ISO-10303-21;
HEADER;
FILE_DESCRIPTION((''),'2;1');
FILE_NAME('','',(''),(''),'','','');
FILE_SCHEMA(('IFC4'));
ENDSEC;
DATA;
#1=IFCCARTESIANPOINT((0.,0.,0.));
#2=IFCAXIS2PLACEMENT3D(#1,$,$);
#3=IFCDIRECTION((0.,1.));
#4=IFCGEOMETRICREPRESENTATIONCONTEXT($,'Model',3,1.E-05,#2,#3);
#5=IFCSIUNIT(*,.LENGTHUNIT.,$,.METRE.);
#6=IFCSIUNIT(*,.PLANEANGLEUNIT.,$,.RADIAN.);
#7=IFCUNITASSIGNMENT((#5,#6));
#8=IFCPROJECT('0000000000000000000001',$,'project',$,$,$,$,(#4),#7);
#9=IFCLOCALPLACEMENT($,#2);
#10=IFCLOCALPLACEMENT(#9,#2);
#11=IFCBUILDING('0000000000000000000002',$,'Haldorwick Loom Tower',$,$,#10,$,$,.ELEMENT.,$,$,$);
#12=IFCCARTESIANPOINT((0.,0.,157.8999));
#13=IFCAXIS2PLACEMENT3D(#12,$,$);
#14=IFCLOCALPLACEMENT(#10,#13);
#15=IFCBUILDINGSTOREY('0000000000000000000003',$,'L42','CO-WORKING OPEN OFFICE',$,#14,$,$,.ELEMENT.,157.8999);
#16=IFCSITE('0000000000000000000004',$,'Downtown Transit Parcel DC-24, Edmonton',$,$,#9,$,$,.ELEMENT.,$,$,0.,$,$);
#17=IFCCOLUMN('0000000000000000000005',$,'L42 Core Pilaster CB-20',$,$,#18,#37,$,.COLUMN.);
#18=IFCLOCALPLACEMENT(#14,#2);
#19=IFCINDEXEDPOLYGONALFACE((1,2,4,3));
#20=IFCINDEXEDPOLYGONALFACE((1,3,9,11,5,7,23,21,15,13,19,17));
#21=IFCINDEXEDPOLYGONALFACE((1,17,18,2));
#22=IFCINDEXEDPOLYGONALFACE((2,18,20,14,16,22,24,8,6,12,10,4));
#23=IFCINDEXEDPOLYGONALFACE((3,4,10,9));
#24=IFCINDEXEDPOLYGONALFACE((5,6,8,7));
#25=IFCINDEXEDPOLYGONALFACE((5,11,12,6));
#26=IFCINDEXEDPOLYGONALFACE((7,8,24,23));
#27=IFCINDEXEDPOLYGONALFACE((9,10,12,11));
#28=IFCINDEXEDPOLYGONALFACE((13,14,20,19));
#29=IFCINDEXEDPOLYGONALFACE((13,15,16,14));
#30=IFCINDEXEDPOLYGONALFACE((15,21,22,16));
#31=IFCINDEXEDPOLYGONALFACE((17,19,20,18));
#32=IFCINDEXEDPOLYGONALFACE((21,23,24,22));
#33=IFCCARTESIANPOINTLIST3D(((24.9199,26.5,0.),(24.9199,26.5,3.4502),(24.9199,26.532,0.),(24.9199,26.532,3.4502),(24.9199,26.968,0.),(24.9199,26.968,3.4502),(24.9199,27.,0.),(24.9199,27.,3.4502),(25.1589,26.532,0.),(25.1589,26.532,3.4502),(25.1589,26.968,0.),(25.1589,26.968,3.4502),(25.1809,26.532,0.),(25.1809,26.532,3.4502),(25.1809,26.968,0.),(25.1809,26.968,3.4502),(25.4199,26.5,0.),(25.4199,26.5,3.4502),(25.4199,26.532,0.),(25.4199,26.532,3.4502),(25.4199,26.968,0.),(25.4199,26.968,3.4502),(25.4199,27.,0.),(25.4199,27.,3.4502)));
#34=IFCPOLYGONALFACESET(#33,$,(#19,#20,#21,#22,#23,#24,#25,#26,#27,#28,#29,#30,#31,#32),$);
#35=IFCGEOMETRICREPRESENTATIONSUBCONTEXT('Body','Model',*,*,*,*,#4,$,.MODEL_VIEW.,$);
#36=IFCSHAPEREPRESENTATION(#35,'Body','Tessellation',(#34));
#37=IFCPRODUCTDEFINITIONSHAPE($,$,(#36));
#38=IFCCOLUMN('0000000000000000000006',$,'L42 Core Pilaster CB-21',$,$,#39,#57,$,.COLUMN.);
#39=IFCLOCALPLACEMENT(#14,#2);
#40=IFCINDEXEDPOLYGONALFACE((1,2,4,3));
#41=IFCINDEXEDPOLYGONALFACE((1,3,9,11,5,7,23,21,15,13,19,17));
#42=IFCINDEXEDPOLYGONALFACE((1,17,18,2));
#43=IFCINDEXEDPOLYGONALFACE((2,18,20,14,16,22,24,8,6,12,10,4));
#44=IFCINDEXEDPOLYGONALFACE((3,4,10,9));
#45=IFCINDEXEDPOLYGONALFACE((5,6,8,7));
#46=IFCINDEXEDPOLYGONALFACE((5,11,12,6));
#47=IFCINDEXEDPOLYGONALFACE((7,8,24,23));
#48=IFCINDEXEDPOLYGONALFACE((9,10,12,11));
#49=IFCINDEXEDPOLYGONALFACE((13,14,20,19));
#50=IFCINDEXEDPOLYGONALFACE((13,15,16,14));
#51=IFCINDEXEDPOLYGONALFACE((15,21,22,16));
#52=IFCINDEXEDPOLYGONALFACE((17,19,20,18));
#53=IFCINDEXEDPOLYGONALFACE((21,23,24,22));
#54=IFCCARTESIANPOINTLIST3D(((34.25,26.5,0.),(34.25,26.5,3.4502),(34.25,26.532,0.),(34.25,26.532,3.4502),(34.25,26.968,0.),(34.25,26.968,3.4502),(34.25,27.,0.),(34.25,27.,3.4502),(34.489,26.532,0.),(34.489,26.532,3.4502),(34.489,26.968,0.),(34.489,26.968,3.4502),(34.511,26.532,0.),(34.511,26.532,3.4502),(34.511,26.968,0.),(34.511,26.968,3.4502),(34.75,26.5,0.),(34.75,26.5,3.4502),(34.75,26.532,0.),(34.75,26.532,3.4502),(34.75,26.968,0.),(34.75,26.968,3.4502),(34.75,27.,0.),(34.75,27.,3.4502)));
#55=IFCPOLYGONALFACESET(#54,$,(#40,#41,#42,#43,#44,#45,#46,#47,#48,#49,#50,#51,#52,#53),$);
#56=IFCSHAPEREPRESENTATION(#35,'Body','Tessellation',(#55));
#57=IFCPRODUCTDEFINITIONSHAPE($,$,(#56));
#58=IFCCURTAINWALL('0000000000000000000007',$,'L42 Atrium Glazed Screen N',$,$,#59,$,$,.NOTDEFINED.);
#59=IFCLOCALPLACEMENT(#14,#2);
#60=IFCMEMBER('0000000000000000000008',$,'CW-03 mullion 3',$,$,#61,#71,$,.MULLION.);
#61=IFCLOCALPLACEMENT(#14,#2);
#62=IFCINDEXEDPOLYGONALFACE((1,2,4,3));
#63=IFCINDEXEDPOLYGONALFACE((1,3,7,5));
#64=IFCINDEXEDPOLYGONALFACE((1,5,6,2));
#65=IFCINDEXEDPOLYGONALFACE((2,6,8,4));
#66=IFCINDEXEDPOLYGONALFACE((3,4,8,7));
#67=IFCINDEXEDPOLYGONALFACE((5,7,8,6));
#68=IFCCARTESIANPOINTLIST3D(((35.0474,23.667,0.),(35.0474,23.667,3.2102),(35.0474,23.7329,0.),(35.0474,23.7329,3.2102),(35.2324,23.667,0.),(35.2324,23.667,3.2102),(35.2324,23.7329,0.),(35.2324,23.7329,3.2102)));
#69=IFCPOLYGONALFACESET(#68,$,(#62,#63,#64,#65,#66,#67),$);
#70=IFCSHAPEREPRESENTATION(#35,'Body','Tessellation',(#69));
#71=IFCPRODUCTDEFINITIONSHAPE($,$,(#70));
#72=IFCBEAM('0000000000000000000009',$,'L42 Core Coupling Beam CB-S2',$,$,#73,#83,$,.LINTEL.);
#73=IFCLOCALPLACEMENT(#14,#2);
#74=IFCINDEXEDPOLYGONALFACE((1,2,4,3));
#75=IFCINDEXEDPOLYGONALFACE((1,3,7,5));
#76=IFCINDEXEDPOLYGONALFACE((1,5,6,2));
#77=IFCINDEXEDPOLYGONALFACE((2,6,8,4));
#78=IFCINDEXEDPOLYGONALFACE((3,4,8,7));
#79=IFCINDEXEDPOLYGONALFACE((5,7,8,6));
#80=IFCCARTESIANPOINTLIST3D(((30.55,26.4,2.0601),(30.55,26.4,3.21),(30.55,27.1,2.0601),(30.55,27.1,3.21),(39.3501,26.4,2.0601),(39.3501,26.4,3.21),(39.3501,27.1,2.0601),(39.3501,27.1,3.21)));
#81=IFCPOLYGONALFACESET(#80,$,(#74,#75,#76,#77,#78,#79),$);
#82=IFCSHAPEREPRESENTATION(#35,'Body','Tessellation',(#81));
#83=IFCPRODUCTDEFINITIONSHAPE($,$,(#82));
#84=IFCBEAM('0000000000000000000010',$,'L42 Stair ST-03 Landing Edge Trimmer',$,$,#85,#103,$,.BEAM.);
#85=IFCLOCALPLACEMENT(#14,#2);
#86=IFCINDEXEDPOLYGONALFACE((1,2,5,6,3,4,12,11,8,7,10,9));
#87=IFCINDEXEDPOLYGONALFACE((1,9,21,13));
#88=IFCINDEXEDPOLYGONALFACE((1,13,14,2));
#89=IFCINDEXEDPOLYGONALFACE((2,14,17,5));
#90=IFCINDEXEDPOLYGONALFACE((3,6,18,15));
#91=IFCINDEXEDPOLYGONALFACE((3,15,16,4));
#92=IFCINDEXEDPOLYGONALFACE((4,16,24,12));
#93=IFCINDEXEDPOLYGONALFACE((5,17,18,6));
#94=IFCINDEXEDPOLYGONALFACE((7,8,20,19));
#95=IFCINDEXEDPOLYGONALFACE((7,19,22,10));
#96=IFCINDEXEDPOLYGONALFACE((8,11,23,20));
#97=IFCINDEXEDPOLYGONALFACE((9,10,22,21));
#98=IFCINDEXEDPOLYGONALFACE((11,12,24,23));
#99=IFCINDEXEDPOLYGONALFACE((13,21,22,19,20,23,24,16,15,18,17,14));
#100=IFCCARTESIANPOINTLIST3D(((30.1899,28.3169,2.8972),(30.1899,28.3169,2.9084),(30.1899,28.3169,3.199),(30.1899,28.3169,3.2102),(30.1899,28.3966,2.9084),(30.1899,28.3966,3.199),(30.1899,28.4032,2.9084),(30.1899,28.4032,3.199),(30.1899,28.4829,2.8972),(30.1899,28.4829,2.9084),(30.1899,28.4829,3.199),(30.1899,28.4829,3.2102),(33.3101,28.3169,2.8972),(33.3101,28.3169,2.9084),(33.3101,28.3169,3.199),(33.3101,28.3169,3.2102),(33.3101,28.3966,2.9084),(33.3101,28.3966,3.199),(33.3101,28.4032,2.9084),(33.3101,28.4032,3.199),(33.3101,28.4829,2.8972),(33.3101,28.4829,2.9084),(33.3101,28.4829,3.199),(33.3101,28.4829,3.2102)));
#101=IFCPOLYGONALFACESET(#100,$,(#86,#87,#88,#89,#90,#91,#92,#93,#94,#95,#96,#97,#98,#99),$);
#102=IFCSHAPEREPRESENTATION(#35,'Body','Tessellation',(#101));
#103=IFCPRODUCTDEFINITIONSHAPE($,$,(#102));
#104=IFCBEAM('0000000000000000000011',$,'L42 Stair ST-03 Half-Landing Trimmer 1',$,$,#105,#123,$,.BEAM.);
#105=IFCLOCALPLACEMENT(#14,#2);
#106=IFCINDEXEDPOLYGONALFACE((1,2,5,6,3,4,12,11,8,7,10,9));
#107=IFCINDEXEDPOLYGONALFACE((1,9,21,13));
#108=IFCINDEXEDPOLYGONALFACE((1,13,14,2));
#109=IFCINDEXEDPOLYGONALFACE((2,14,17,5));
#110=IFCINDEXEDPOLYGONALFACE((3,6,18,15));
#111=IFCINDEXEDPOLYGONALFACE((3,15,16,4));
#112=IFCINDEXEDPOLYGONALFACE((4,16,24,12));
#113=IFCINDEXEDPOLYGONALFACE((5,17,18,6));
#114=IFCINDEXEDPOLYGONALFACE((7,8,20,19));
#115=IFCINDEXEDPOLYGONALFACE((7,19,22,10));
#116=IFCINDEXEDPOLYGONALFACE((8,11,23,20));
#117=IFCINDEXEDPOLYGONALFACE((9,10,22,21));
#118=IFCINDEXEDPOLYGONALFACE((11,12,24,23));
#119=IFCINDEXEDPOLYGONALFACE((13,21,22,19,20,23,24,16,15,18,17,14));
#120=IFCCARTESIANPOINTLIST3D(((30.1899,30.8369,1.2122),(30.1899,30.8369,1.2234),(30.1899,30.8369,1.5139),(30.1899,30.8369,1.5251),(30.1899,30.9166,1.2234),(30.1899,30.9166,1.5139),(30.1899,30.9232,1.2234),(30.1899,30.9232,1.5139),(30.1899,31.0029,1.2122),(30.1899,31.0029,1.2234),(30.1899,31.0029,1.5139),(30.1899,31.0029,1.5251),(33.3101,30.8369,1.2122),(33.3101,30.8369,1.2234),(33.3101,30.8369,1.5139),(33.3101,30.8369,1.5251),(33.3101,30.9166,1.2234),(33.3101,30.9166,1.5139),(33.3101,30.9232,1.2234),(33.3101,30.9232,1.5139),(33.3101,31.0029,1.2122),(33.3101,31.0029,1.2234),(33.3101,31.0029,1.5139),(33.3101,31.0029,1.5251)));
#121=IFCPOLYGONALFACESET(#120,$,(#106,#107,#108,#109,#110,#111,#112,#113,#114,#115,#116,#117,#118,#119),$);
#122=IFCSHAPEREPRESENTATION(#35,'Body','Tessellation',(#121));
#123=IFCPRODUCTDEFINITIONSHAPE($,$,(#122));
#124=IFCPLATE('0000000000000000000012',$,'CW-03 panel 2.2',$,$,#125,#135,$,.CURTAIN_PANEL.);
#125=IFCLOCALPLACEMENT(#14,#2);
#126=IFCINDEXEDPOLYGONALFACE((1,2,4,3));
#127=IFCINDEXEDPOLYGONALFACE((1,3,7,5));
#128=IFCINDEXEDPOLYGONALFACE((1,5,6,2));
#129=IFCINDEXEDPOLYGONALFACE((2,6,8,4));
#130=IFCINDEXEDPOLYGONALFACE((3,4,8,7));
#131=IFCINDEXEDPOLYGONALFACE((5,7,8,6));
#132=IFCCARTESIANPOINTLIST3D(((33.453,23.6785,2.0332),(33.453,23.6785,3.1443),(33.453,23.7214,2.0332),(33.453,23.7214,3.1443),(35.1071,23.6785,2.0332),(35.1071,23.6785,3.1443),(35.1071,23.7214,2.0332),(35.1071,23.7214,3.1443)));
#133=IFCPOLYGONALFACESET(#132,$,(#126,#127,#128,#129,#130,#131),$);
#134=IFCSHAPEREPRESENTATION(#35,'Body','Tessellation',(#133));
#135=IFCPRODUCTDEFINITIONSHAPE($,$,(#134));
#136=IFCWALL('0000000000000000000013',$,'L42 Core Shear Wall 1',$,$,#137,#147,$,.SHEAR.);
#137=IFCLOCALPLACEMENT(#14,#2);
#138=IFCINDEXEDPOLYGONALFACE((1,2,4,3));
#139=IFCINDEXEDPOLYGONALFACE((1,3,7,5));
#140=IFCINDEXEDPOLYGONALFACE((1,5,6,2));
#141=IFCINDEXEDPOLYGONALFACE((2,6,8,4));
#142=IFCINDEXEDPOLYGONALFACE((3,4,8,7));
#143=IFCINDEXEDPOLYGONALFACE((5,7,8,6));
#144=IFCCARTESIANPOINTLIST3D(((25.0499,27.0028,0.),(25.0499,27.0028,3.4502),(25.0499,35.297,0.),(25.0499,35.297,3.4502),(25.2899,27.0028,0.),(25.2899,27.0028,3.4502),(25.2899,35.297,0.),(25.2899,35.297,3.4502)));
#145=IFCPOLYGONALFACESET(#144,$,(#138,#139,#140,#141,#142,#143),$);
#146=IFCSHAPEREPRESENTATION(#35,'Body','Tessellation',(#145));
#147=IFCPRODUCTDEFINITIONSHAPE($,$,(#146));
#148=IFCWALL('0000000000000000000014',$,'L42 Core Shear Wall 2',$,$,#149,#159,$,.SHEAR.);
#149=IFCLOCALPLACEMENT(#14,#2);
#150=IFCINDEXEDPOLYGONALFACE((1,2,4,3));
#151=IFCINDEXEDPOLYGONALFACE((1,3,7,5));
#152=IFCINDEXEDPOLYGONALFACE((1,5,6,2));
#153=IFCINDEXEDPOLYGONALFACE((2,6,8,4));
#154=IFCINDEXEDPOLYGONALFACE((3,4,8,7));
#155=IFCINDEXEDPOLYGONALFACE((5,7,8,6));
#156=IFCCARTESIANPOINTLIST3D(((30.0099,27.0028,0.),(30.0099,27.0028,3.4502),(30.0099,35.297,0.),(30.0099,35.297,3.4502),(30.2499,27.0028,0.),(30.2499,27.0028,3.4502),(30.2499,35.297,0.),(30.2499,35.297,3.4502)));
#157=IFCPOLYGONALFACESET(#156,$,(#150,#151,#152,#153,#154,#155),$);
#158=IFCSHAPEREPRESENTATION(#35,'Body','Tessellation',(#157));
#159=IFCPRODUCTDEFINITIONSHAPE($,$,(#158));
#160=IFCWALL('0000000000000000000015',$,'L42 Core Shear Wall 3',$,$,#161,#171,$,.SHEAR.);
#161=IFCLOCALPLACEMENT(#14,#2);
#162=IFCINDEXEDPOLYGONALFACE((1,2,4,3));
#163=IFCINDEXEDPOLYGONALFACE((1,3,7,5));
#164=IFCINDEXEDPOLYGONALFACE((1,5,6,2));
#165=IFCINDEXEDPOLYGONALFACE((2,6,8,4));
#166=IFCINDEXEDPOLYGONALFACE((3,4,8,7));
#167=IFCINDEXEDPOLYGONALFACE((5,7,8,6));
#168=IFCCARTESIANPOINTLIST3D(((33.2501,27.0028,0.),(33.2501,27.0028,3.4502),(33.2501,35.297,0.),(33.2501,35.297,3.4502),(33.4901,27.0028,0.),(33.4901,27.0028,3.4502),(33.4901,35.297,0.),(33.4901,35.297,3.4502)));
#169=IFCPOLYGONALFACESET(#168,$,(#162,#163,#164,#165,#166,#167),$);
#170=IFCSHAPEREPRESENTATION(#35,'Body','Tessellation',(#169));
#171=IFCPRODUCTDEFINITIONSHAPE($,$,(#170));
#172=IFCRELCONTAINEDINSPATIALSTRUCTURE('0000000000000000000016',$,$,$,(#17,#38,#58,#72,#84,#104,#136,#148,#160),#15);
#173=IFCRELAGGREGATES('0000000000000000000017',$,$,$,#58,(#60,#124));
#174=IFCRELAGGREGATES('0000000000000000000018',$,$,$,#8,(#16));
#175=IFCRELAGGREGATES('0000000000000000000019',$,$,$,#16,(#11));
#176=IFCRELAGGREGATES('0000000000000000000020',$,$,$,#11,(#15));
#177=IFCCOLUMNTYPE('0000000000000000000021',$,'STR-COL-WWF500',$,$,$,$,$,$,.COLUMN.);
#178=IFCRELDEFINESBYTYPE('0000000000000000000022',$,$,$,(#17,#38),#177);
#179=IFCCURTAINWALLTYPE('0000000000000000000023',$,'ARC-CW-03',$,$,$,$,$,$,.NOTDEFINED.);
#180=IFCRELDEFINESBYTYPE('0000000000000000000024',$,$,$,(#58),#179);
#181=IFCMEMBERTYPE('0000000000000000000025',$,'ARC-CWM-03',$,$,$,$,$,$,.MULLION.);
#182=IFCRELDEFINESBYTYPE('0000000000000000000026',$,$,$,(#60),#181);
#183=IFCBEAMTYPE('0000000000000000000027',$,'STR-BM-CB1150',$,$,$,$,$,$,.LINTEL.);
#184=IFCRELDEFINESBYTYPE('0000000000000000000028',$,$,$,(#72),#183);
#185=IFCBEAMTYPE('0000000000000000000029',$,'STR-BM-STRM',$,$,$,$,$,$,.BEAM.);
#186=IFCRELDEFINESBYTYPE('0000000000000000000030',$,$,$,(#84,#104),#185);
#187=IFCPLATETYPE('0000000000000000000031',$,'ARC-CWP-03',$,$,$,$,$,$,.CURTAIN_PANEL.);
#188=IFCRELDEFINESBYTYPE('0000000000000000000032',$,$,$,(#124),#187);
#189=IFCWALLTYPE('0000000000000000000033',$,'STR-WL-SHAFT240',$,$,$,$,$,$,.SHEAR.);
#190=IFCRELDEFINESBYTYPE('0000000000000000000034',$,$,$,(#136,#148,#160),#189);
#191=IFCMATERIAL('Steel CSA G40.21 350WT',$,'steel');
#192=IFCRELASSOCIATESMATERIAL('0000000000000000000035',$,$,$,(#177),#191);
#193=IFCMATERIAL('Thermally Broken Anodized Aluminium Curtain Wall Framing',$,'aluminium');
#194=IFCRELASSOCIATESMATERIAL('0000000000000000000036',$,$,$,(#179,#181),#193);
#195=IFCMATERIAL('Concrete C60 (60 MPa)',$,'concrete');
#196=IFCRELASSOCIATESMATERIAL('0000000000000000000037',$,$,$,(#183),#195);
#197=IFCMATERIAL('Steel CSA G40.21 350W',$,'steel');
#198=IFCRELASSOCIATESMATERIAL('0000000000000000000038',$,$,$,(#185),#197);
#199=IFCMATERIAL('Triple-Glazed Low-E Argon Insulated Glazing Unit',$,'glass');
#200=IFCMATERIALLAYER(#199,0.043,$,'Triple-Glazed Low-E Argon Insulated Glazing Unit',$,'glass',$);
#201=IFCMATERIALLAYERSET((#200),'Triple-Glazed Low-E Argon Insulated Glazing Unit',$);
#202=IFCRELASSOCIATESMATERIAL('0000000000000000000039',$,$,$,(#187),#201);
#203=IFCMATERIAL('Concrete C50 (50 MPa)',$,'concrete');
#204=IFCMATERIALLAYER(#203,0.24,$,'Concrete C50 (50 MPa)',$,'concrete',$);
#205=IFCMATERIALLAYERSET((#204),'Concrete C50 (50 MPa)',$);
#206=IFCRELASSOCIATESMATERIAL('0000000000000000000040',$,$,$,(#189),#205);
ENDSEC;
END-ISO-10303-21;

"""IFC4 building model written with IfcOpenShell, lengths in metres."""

from ifc_helpers import new_model, si_unit, direction, frame, frame_2d, origin, origin_2d, place, context, subcontext, project, spatial, rectangle, i_section, extrude, material, layer, layer_set, material_profile, profile_set, type_object, element, aggregate, save


model = new_model("IFC4")

# Units and contexts
model_context = context("Model", 3, precision=1e-05, world=origin(), true_north=direction((0.0, 1.0)))
body_context = subcontext(model_context, "Body", "Model", "MODEL_VIEW")
ifc_project = project(units=[si_unit("LENGTHUNIT", "METRE"), si_unit("PLANEANGLEUNIT", "RADIAN")], contexts=[model_context])

# Site, building, storey
site_placement = place(None, origin())
site = spatial("IfcSite", under=ifc_project, at=site_placement, Name="Downtown Transit Parcel DC-24, Edmonton", CompositionType="ELEMENT", RefElevation=0.0)
building_placement = place(site_placement, origin())
building = spatial("IfcBuilding", under=site, at=building_placement, Name="Haldorwick Loom Tower", CompositionType="ELEMENT")
storey_placement = place(building_placement, frame((0.0, 0.0, 157.8999)))
storey = spatial("IfcBuildingStorey", under=building, at=storey_placement, Name="L42", Description="CO-WORKING OPEN OFFICE", CompositionType="ELEMENT", Elevation=157.8999)

# Columns
ifc_material_1 = material(Name="Steel CSA G40.21 350WT", Category="steel")
ifc_material_profile_1 = material_profile(ifc_material_1, i_section(OverallWidth=0.5, OverallDepth=0.5, WebThickness=0.022, FlangeThickness=0.032, at=origin_2d()), Name="WWF500X500", Category="steel")
ifc_profile_set_1 = profile_set([ifc_material_profile_1], Name="Steel CSA G40.21 350WT")
column_type = type_object("IfcColumnType", Name="STR-COL-WWF500", PredefinedType="COLUMN", material=ifc_profile_set_1)
for number, where, z_axis, x_axis, name in (
    (1, (25.1699, 26.75, 0.0), (0.0, 0.0, 1.0), (1.0, 0.0, 0.0), "L42 Core Pilaster CB-20"),
    (2, (34.5, 26.75, 0.0), (0.0, 0.0, 1.0), (1.0, 0.0, 0.0), "L42 Core Pilaster CB-21"),
):
    element("IfcColumn", number, at=place(storey_placement, frame(where, z_axis=z_axis, x_axis=x_axis)), inside=storey, type_object=column_type, Name=name, PredefinedType="COLUMN", context=body_context, shape_type="SweptSolid", body=[
        extrude(i_section(OverallWidth=0.5, OverallDepth=0.5, WebThickness=0.022, FlangeThickness=0.032, at=origin_2d()), origin(), (0.0, 0.0, 1.0), 3.4502),
    ])

# Curtain wall, member
ifc_material_2 = material(Name="Thermally Broken Anodized Aluminium Curtain Wall Framing", Category="aluminium")
curtain_wall_type = type_object("IfcCurtainWallType", Name="ARC-CW-03", PredefinedType="NOTDEFINED", material=ifc_material_2)
curtain_wall_placement = place(storey_placement, origin())
curtain_wall = element("IfcCurtainWall", 3, at=curtain_wall_placement, inside=storey, type_object=curtain_wall_type, Name="L42 Atrium Glazed Screen N", PredefinedType="NOTDEFINED")
ifc_material_profile_2 = material_profile(ifc_material_2, rectangle(XDim=0.0659, YDim=0.1851, at=origin_2d()), Name="ALU_MUL_66X185", Category="aluminium")
ifc_profile_set_2 = profile_set([ifc_material_profile_2], Name="Thermally Broken Anodized Aluminium Curtain Wall Framing")
member_type = type_object("IfcMemberType", Name="ARC-CWM-03", PredefinedType="MULLION", material=ifc_profile_set_2)
member_placement = place(storey_placement, frame((35.1399, 23.7, 0.0), z_axis=(0.0, 0.0, 1.0), x_axis=(0.0, 1.0, 0.0)))
member = element("IfcMember", 4, at=member_placement, type_object=member_type, Name="CW-03 mullion 3", PredefinedType="MULLION", context=body_context, shape_type="SweptSolid", body=[
    extrude(rectangle(XDim=0.0659, YDim=0.1851, at=origin_2d()), origin(), (0.0, 0.0, 1.0), 3.2102),
])

# Beams
ifc_material_3 = material(Name="Concrete C60 (60 MPa)", Category="concrete")
ifc_material_profile_3 = material_profile(ifc_material_3, rectangle(XDim=0.7, YDim=1.1499, at=origin_2d()), Name="RC700X1150", Category="concrete")
ifc_profile_set_3 = profile_set([ifc_material_profile_3], Name="Concrete C60 (60 MPa)")
beam_type_1 = type_object("IfcBeamType", Name="STR-BM-CB1150", PredefinedType="LINTEL", material=ifc_profile_set_3)
beam_placement = place(storey_placement, frame((30.55, 26.75, 2.635), z_axis=(1.0, 0.0, 0.0), x_axis=(0.0, 1.0, 0.0)))
element("IfcBeam", 5, at=beam_placement, inside=storey, type_object=beam_type_1, Name="L42 Core Coupling Beam CB-S2", PredefinedType="LINTEL", context=body_context, shape_type="SweptSolid", body=[
    extrude(rectangle(XDim=0.7, YDim=1.1499, at=origin_2d()), origin(), (0.0, 0.0, 1.0), 8.8),
])
ifc_material_4 = material(Name="Steel CSA G40.21 350W", Category="steel")
ifc_material_profile_4 = material_profile(ifc_material_4, i_section(OverallWidth=0.166, OverallDepth=0.313, WebThickness=0.0066, FlangeThickness=0.0112, at=origin_2d()), Name="W310X45", Category="steel")
ifc_profile_set_4 = profile_set([ifc_material_profile_4], Name="Steel CSA G40.21 350W")
beam_type_2 = type_object("IfcBeamType", Name="STR-BM-STRM", PredefinedType="BEAM", material=ifc_profile_set_4)
for number, where, z_axis, x_axis, name in (
    (6, (30.1899, 28.3999, 3.0537), (1.0, 0.0, 0.0), (0.0, 1.0, 0.0), "L42 Stair ST-03 Landing Edge Trimmer"),
    (7, (30.1899, 30.9199, 1.3687), (1.0, 0.0, 0.0), (0.0, 1.0, 0.0), "L42 Stair ST-03 Half-Landing Trimmer 1"),
):
    element("IfcBeam", number, at=place(storey_placement, frame(where, z_axis=z_axis, x_axis=x_axis)), inside=storey, type_object=beam_type_2, Name=name, PredefinedType="BEAM", context=body_context, shape_type="SweptSolid", body=[
        extrude(i_section(OverallWidth=0.166, OverallDepth=0.313, WebThickness=0.0066, FlangeThickness=0.0112, at=origin_2d()), origin(), (0.0, 0.0, 1.0), 3.1201),
    ])

# Plate
ifc_material_5 = material(Name="Triple-Glazed Low-E Argon Insulated Glazing Unit", Category="glass")
ifc_layer_1 = layer(ifc_material_5, 0.043, Name="Triple-Glazed Low-E Argon Insulated Glazing Unit", Category="glass")
ifc_layer_set_1 = layer_set([ifc_layer_1], Name="Triple-Glazed Low-E Argon Insulated Glazing Unit")
plate_type = type_object("IfcPlateType", Name="ARC-CWP-03", PredefinedType="CURTAIN_PANEL", material=ifc_layer_set_1)
plate_placement = place(storey_placement, frame((34.28, 23.7, 2.0332), z_axis=(0.0, 0.0, 1.0), x_axis=(1.0, 0.0, 0.0)))
plate = element("IfcPlate", 8, at=plate_placement, type_object=plate_type, Name="CW-03 panel 2.2", PredefinedType="CURTAIN_PANEL", context=body_context, shape_type="SweptSolid", body=[
    extrude(rectangle(XDim=1.6541, YDim=0.043, at=origin_2d()), origin(), (0.0, 0.0, 1.0), 1.1111),
])
aggregate(curtain_wall, [member, plate])

# Walls
ifc_material_6 = material(Name="Concrete C50 (50 MPa)", Category="concrete")
ifc_layer_2 = layer(ifc_material_6, 0.24, Name="Concrete C50 (50 MPa)", Category="concrete")
ifc_layer_set_2 = layer_set([ifc_layer_2], Name="Concrete C50 (50 MPa)")
wall_type = type_object("IfcWallType", Name="STR-WL-SHAFT240", PredefinedType="SHEAR", material=ifc_layer_set_2)
for number, where, z_axis, x_axis, name in (
    (9, (25.1699, 27.0029, 0.0), (0.0, 0.0, 1.0), (0.0, 1.0, 0.0), "L42 Core Shear Wall 1"),
    (10, (30.1299, 27.0029, 0.0), (0.0, 0.0, 1.0), (0.0, 1.0, 0.0), "L42 Core Shear Wall 2"),
    (11, (33.3701, 27.0029, 0.0), (0.0, 0.0, 1.0), (0.0, 1.0, 0.0), "L42 Core Shear Wall 3"),
):
    element("IfcWall", number, at=place(storey_placement, frame(where, z_axis=z_axis, x_axis=x_axis)), inside=storey, type_object=wall_type, Name=name, PredefinedType="SHEAR", context=body_context, shape_type="SweptSolid", body=[
        extrude(rectangle(XDim=8.2942, YDim=0.24, at=frame_2d((4.147, 0.0))), origin(), (0.0, 0.0, 1.0), 3.4502),
    ])

save(model, "model.ifc")
